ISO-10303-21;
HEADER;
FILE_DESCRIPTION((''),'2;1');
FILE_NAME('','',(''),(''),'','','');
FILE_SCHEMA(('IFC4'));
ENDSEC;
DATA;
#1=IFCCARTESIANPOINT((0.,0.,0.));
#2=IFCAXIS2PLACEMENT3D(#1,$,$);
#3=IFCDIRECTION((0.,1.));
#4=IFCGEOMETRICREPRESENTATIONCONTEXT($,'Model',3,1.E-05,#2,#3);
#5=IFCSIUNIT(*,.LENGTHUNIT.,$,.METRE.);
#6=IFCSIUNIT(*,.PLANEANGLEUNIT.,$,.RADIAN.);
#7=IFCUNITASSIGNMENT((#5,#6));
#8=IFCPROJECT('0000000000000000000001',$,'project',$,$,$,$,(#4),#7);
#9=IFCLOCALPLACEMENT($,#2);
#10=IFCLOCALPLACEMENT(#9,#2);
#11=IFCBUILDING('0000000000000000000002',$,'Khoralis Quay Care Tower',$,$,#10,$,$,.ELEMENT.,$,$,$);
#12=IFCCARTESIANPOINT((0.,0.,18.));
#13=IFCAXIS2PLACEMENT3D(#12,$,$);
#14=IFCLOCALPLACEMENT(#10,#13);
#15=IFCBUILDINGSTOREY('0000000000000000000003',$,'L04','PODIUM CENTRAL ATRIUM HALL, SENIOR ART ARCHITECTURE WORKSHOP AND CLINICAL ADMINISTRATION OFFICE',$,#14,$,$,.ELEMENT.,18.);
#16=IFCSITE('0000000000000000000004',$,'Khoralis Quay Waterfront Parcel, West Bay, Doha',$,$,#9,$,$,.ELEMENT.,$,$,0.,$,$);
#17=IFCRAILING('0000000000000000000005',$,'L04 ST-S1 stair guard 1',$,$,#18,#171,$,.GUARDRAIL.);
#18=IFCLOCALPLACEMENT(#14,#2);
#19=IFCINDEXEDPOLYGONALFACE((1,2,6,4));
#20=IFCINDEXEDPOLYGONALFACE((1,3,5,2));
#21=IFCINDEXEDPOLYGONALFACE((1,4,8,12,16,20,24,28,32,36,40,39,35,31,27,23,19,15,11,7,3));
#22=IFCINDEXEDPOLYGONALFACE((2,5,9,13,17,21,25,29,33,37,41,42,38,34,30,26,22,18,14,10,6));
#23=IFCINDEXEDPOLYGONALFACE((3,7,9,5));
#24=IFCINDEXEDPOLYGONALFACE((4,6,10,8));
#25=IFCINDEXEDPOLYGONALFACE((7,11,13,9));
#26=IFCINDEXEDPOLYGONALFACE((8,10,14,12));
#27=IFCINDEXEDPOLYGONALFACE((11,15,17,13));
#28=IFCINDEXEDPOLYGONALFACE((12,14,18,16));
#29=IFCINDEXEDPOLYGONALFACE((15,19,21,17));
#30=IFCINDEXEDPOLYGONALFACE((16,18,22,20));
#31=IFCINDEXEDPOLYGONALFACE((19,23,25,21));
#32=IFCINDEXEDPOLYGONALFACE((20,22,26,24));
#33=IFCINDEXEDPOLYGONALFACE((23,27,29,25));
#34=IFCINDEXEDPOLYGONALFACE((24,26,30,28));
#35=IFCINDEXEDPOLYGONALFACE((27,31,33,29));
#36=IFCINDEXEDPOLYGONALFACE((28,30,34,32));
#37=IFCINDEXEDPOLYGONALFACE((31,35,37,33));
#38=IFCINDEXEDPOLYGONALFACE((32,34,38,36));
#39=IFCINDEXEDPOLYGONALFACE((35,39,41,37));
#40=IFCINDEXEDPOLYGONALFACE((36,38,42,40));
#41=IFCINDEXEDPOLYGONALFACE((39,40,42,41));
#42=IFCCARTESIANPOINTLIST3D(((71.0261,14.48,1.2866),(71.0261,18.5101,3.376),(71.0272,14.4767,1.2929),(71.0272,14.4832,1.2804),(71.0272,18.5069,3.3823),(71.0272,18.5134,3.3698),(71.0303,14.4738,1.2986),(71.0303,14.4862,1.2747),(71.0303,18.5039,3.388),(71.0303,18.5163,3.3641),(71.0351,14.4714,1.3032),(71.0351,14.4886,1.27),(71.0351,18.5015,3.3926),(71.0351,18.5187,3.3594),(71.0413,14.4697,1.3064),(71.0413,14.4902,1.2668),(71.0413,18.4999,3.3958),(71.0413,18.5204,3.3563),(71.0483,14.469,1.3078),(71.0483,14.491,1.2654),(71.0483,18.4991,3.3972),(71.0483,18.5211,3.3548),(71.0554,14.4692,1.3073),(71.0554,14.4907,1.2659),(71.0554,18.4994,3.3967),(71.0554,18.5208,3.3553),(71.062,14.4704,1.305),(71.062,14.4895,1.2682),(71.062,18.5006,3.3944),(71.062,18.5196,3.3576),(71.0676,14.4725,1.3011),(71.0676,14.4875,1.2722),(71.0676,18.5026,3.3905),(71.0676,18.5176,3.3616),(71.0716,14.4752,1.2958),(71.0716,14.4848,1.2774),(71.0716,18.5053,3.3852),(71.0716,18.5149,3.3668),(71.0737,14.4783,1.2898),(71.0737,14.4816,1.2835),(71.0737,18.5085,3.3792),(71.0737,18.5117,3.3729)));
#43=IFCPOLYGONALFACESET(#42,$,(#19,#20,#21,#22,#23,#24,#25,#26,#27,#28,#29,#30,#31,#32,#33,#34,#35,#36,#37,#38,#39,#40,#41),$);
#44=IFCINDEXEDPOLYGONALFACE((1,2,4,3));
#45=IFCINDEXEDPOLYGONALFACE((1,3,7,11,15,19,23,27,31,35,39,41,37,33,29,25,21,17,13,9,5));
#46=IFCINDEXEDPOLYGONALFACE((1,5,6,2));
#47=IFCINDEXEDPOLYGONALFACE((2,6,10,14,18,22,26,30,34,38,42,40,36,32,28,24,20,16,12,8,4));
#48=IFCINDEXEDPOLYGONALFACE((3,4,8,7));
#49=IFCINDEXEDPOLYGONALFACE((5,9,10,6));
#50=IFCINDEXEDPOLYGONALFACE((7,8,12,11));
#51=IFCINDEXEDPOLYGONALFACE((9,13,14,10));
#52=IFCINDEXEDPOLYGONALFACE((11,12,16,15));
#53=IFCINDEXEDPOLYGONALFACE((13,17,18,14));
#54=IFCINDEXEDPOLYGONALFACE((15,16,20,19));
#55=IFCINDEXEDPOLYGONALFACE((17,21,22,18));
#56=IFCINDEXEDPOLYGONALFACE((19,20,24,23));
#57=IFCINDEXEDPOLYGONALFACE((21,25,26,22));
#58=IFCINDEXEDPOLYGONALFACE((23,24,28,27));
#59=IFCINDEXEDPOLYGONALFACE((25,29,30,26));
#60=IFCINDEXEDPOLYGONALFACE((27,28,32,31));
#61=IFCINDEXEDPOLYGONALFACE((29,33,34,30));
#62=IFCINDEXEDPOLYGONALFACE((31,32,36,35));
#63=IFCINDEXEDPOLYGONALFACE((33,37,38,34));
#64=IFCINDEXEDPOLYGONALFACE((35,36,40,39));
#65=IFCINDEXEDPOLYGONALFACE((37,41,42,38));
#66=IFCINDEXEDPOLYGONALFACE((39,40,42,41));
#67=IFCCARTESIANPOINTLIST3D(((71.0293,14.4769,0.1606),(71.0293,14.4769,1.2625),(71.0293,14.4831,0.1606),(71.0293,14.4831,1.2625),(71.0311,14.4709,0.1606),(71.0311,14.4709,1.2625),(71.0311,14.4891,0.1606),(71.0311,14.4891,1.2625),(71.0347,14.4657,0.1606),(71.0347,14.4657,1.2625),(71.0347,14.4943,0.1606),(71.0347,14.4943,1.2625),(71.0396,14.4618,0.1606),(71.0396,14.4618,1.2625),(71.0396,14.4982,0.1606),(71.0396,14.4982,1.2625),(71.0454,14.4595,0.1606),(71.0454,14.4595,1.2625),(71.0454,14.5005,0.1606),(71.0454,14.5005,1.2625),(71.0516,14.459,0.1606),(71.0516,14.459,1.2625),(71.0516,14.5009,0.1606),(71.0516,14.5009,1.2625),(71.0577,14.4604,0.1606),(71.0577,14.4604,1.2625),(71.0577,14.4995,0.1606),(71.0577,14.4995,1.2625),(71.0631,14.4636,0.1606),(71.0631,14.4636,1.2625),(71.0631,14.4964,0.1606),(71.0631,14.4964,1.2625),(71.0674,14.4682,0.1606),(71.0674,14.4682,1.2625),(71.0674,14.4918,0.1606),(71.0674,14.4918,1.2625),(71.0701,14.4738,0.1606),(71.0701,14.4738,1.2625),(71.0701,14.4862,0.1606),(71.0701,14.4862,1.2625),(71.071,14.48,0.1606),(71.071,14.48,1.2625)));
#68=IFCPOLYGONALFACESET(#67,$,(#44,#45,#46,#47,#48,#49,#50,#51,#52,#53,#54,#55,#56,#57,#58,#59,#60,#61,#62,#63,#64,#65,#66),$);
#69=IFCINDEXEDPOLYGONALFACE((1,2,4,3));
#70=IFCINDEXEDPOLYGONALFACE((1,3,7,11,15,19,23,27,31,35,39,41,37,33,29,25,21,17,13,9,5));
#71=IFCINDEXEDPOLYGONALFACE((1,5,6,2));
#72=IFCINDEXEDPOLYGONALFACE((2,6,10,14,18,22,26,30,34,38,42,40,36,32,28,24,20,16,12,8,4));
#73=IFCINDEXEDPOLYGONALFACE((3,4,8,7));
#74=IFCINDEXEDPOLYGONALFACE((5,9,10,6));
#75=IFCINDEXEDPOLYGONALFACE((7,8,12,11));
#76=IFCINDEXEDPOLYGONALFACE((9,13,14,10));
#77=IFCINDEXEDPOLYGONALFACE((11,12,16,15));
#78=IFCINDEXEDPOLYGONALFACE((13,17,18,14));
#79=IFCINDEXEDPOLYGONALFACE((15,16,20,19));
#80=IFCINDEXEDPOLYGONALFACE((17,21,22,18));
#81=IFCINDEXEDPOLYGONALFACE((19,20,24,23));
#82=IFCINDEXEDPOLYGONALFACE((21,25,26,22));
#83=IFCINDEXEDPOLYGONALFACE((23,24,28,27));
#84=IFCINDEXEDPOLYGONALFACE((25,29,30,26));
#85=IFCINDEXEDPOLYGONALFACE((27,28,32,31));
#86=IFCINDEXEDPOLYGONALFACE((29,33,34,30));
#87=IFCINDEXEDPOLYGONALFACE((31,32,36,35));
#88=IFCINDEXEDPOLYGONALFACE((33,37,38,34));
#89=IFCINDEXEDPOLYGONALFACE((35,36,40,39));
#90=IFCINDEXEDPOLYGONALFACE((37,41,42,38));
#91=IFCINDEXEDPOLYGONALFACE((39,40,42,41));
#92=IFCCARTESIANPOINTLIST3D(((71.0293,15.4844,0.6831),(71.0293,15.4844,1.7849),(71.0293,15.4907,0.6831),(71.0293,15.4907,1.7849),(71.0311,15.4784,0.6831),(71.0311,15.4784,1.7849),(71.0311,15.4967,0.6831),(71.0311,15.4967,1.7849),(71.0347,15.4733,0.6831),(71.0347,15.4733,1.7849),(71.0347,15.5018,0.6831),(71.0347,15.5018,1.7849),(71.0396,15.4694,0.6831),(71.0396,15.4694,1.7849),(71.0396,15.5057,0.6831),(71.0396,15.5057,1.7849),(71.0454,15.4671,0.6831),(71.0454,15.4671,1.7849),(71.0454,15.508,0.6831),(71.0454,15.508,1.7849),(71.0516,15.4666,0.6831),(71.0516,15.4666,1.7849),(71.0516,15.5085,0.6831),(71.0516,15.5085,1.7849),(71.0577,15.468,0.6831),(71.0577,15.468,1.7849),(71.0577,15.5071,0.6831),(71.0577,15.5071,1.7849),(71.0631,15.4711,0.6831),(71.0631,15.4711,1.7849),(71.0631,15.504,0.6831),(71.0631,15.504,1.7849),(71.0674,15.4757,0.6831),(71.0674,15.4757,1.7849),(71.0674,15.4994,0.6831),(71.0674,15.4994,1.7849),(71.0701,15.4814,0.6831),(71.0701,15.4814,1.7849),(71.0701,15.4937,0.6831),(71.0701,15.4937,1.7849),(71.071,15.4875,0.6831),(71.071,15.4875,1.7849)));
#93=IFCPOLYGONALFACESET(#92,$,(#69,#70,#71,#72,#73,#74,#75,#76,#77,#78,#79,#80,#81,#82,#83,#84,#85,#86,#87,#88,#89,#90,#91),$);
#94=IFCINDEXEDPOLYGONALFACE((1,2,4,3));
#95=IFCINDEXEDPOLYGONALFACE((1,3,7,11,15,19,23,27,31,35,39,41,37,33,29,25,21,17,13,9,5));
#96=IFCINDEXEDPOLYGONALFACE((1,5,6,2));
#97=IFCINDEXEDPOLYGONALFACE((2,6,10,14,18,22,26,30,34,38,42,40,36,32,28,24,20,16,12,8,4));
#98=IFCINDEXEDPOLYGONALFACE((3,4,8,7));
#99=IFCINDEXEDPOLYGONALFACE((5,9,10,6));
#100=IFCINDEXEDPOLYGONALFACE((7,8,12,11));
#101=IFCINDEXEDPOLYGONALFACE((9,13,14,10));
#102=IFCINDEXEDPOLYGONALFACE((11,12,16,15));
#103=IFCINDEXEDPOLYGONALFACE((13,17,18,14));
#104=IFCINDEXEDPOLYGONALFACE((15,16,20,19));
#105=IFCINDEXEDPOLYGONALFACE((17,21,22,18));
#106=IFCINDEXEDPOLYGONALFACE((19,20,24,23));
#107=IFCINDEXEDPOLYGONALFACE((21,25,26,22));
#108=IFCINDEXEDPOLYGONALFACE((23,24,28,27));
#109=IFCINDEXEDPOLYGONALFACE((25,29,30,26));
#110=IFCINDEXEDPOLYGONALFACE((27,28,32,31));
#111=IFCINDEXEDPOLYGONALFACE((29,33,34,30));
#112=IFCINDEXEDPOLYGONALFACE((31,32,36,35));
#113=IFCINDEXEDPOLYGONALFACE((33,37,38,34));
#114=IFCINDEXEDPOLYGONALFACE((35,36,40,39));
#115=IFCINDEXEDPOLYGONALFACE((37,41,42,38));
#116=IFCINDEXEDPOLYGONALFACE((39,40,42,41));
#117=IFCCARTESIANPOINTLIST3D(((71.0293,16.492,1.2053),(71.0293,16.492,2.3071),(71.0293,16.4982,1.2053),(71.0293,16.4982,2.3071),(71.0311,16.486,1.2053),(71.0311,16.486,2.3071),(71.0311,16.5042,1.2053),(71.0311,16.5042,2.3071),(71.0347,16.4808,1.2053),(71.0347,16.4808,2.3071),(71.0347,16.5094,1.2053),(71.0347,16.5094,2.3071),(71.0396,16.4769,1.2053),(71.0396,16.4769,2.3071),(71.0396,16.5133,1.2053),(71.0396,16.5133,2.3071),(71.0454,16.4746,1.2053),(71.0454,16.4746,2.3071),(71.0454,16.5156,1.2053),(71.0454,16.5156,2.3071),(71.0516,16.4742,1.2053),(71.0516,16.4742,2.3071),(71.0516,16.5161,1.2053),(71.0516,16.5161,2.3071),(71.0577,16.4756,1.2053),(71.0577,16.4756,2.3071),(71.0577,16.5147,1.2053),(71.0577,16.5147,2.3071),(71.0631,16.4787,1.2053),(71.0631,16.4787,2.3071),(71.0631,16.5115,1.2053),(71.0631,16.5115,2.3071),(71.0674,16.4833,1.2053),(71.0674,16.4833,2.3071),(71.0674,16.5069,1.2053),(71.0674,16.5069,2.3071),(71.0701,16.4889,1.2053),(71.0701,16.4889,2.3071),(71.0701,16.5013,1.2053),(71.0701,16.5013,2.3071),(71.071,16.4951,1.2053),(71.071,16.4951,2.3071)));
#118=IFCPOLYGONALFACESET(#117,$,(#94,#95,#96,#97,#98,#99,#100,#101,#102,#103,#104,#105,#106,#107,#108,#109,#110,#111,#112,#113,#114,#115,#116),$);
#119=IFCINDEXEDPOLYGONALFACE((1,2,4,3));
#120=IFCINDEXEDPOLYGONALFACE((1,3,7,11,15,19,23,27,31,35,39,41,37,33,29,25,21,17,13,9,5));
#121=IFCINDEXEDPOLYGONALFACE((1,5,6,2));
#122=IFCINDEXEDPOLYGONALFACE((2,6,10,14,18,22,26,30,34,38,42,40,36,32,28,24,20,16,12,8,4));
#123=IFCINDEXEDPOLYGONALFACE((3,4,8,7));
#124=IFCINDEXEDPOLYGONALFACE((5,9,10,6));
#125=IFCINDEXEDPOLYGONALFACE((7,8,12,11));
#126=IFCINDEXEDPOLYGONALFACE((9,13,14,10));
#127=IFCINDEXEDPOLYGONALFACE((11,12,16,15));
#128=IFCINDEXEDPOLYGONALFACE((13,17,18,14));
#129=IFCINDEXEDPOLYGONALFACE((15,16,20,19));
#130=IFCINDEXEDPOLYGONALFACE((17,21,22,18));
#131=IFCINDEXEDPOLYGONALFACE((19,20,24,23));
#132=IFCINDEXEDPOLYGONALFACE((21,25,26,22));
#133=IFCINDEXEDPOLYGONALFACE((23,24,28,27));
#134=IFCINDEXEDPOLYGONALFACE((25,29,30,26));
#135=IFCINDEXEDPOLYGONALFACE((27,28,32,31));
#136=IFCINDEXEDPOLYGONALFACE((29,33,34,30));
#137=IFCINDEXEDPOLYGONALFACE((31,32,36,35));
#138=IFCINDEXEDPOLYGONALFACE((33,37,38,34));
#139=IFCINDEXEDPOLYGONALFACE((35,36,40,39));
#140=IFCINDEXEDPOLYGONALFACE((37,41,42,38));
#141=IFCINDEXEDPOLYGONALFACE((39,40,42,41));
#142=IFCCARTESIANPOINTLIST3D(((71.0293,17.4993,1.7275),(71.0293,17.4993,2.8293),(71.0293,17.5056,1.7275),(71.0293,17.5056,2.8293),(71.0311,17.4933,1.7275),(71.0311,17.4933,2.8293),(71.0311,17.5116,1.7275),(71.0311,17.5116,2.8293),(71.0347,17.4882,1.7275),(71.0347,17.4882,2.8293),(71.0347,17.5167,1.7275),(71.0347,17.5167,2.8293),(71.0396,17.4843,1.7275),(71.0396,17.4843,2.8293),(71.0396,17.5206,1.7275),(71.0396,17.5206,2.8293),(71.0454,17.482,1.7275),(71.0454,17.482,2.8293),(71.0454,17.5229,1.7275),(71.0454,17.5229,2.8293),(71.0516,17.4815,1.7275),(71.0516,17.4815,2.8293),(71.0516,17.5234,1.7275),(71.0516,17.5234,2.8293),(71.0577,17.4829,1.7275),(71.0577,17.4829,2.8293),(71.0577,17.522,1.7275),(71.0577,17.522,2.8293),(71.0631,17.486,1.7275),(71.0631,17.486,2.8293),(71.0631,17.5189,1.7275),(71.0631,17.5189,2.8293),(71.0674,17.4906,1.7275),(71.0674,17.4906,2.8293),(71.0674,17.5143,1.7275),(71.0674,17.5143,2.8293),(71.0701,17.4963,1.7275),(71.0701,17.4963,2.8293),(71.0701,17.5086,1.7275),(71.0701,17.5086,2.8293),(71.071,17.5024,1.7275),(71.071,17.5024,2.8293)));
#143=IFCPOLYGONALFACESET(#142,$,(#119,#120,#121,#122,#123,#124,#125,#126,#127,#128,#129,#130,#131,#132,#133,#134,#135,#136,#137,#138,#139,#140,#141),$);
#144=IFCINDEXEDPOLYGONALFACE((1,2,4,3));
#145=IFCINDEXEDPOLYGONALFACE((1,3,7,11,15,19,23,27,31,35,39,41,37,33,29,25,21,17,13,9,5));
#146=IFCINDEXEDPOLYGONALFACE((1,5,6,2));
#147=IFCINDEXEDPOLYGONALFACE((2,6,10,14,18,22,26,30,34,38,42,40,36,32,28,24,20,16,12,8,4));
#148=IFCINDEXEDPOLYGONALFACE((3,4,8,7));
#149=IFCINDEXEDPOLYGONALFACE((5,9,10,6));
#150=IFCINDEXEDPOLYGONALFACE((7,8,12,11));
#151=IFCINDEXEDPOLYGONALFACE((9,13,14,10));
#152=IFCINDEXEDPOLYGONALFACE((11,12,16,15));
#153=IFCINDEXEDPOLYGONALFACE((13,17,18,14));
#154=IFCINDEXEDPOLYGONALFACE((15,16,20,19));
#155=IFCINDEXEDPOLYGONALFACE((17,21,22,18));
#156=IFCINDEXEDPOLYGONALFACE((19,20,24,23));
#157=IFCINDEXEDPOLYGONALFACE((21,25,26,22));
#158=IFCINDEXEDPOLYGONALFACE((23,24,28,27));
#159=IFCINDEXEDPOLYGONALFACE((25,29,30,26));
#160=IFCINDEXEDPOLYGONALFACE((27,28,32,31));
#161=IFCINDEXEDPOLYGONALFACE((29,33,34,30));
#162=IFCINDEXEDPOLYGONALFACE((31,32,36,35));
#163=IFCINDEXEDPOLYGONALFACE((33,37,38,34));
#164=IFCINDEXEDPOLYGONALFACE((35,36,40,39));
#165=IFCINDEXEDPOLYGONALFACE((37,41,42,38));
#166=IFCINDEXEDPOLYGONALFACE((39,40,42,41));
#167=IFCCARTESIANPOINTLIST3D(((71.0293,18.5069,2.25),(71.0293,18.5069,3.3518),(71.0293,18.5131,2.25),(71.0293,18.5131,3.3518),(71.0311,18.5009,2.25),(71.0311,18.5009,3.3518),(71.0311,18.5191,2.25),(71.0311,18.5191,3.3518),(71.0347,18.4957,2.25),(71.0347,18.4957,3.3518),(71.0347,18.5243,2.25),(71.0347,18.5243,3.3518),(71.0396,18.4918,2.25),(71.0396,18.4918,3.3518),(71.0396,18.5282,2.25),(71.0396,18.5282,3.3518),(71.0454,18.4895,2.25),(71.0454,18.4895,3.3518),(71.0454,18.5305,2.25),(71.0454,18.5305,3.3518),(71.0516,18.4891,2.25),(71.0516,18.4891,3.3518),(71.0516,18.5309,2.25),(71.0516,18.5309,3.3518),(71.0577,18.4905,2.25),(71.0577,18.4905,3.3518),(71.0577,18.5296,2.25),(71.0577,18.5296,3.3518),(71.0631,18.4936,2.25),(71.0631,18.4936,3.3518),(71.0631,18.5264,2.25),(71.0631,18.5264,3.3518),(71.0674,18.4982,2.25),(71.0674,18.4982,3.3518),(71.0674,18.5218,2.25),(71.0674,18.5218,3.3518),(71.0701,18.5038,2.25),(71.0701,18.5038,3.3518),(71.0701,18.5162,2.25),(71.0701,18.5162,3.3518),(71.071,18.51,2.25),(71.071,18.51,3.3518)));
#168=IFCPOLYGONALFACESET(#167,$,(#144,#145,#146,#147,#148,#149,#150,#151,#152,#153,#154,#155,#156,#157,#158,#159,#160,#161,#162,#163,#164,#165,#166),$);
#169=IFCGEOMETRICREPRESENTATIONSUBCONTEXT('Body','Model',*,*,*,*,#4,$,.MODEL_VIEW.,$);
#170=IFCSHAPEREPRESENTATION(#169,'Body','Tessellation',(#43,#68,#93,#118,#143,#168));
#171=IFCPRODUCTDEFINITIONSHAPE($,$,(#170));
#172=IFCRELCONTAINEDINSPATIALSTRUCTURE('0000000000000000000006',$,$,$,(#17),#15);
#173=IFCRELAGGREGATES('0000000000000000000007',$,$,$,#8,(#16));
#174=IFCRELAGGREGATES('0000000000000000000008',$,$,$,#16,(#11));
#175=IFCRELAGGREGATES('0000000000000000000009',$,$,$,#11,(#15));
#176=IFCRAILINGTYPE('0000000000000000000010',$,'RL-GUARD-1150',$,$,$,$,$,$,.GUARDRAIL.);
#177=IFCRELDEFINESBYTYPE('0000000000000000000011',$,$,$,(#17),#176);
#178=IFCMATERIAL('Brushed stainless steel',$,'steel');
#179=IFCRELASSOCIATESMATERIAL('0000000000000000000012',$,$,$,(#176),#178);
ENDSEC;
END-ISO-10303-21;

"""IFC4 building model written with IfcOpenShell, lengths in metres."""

from ifc_helpers import new_model, si_unit, direction, frame, origin, origin_2d, place, context, subcontext, project, spatial, circle, extrude, material, type_object, element, save


model = new_model("IFC4")

# Units and contexts
model_context = context("Model", 3, precision=1e-05, world=origin(), true_north=direction((0.0, 1.0)))
body_context = subcontext(model_context, "Body", "Model", "MODEL_VIEW")
ifc_project = project(units=[si_unit("LENGTHUNIT", "METRE"), si_unit("PLANEANGLEUNIT", "RADIAN")], contexts=[model_context])

# Site, building, storey
site_placement = place(None, origin())
site = spatial("IfcSite", under=ifc_project, at=site_placement, Name="Khoralis Quay Waterfront Parcel, West Bay, Doha", CompositionType="ELEMENT", RefElevation=0.0)
building_placement = place(site_placement, origin())
building = spatial("IfcBuilding", under=site, at=building_placement, Name="Khoralis Quay Care Tower", CompositionType="ELEMENT")
storey_placement = place(building_placement, frame((0.0, 0.0, 18.0)))
storey = spatial("IfcBuildingStorey", under=building, at=storey_placement, Name="L04", Description="PODIUM CENTRAL ATRIUM HALL, SENIOR ART ARCHITECTURE WORKSHOP AND CLINICAL ADMINISTRATION OFFICE", CompositionType="ELEMENT", Elevation=18.0)

# Railing
ifc_material_1 = material(Name="Brushed stainless steel", Category="steel")
railing_type_1 = type_object("IfcRailingType", Name="RL-GUARD-1150", PredefinedType="GUARDRAIL", material=ifc_material_1)
railing_1_placement = place(storey_placement, frame((71.05, 14.48, 0.1606)))
element("IfcRailing", 1, at=railing_1_placement, inside=storey, type_object=railing_type_1, Name="L04 ST-S1 stair guard 1", PredefinedType="GUARDRAIL", context=body_context, shape_type="SweptSolid", body=[
    extrude(circle(Radius=0.0239, at=origin_2d()), frame((0.0, 0.0, 1.126), z_axis=(0.0, 0.887781, 0.460267), x_axis=(-1.0, 0.0, 0.0)), (0.0, 0.0, 1.0), 4.5396),
    extrude(circle(Radius=0.021, at=origin_2d()), origin(), (0.0, 0.0, 1.0), 1.1018),
    extrude(circle(Radius=0.021, at=origin_2d()), frame((0.0, 1.0076, 0.5225)), (0.0, 0.0, 1.0), 1.1018),
    extrude(circle(Radius=0.021, at=origin_2d()), frame((0.0, 2.0151, 1.0447)), (0.0, 0.0, 1.0), 1.1018),
    extrude(circle(Radius=0.021, at=origin_2d()), frame((0.0, 3.0225, 1.5669)), (0.0, 0.0, 1.0), 1.1018),
    extrude(circle(Radius=0.021, at=origin_2d()), frame((0.0, 4.03, 2.0894)), (0.0, 0.0, 1.0), 1.1018),
])

save(model, "model.ifc")
